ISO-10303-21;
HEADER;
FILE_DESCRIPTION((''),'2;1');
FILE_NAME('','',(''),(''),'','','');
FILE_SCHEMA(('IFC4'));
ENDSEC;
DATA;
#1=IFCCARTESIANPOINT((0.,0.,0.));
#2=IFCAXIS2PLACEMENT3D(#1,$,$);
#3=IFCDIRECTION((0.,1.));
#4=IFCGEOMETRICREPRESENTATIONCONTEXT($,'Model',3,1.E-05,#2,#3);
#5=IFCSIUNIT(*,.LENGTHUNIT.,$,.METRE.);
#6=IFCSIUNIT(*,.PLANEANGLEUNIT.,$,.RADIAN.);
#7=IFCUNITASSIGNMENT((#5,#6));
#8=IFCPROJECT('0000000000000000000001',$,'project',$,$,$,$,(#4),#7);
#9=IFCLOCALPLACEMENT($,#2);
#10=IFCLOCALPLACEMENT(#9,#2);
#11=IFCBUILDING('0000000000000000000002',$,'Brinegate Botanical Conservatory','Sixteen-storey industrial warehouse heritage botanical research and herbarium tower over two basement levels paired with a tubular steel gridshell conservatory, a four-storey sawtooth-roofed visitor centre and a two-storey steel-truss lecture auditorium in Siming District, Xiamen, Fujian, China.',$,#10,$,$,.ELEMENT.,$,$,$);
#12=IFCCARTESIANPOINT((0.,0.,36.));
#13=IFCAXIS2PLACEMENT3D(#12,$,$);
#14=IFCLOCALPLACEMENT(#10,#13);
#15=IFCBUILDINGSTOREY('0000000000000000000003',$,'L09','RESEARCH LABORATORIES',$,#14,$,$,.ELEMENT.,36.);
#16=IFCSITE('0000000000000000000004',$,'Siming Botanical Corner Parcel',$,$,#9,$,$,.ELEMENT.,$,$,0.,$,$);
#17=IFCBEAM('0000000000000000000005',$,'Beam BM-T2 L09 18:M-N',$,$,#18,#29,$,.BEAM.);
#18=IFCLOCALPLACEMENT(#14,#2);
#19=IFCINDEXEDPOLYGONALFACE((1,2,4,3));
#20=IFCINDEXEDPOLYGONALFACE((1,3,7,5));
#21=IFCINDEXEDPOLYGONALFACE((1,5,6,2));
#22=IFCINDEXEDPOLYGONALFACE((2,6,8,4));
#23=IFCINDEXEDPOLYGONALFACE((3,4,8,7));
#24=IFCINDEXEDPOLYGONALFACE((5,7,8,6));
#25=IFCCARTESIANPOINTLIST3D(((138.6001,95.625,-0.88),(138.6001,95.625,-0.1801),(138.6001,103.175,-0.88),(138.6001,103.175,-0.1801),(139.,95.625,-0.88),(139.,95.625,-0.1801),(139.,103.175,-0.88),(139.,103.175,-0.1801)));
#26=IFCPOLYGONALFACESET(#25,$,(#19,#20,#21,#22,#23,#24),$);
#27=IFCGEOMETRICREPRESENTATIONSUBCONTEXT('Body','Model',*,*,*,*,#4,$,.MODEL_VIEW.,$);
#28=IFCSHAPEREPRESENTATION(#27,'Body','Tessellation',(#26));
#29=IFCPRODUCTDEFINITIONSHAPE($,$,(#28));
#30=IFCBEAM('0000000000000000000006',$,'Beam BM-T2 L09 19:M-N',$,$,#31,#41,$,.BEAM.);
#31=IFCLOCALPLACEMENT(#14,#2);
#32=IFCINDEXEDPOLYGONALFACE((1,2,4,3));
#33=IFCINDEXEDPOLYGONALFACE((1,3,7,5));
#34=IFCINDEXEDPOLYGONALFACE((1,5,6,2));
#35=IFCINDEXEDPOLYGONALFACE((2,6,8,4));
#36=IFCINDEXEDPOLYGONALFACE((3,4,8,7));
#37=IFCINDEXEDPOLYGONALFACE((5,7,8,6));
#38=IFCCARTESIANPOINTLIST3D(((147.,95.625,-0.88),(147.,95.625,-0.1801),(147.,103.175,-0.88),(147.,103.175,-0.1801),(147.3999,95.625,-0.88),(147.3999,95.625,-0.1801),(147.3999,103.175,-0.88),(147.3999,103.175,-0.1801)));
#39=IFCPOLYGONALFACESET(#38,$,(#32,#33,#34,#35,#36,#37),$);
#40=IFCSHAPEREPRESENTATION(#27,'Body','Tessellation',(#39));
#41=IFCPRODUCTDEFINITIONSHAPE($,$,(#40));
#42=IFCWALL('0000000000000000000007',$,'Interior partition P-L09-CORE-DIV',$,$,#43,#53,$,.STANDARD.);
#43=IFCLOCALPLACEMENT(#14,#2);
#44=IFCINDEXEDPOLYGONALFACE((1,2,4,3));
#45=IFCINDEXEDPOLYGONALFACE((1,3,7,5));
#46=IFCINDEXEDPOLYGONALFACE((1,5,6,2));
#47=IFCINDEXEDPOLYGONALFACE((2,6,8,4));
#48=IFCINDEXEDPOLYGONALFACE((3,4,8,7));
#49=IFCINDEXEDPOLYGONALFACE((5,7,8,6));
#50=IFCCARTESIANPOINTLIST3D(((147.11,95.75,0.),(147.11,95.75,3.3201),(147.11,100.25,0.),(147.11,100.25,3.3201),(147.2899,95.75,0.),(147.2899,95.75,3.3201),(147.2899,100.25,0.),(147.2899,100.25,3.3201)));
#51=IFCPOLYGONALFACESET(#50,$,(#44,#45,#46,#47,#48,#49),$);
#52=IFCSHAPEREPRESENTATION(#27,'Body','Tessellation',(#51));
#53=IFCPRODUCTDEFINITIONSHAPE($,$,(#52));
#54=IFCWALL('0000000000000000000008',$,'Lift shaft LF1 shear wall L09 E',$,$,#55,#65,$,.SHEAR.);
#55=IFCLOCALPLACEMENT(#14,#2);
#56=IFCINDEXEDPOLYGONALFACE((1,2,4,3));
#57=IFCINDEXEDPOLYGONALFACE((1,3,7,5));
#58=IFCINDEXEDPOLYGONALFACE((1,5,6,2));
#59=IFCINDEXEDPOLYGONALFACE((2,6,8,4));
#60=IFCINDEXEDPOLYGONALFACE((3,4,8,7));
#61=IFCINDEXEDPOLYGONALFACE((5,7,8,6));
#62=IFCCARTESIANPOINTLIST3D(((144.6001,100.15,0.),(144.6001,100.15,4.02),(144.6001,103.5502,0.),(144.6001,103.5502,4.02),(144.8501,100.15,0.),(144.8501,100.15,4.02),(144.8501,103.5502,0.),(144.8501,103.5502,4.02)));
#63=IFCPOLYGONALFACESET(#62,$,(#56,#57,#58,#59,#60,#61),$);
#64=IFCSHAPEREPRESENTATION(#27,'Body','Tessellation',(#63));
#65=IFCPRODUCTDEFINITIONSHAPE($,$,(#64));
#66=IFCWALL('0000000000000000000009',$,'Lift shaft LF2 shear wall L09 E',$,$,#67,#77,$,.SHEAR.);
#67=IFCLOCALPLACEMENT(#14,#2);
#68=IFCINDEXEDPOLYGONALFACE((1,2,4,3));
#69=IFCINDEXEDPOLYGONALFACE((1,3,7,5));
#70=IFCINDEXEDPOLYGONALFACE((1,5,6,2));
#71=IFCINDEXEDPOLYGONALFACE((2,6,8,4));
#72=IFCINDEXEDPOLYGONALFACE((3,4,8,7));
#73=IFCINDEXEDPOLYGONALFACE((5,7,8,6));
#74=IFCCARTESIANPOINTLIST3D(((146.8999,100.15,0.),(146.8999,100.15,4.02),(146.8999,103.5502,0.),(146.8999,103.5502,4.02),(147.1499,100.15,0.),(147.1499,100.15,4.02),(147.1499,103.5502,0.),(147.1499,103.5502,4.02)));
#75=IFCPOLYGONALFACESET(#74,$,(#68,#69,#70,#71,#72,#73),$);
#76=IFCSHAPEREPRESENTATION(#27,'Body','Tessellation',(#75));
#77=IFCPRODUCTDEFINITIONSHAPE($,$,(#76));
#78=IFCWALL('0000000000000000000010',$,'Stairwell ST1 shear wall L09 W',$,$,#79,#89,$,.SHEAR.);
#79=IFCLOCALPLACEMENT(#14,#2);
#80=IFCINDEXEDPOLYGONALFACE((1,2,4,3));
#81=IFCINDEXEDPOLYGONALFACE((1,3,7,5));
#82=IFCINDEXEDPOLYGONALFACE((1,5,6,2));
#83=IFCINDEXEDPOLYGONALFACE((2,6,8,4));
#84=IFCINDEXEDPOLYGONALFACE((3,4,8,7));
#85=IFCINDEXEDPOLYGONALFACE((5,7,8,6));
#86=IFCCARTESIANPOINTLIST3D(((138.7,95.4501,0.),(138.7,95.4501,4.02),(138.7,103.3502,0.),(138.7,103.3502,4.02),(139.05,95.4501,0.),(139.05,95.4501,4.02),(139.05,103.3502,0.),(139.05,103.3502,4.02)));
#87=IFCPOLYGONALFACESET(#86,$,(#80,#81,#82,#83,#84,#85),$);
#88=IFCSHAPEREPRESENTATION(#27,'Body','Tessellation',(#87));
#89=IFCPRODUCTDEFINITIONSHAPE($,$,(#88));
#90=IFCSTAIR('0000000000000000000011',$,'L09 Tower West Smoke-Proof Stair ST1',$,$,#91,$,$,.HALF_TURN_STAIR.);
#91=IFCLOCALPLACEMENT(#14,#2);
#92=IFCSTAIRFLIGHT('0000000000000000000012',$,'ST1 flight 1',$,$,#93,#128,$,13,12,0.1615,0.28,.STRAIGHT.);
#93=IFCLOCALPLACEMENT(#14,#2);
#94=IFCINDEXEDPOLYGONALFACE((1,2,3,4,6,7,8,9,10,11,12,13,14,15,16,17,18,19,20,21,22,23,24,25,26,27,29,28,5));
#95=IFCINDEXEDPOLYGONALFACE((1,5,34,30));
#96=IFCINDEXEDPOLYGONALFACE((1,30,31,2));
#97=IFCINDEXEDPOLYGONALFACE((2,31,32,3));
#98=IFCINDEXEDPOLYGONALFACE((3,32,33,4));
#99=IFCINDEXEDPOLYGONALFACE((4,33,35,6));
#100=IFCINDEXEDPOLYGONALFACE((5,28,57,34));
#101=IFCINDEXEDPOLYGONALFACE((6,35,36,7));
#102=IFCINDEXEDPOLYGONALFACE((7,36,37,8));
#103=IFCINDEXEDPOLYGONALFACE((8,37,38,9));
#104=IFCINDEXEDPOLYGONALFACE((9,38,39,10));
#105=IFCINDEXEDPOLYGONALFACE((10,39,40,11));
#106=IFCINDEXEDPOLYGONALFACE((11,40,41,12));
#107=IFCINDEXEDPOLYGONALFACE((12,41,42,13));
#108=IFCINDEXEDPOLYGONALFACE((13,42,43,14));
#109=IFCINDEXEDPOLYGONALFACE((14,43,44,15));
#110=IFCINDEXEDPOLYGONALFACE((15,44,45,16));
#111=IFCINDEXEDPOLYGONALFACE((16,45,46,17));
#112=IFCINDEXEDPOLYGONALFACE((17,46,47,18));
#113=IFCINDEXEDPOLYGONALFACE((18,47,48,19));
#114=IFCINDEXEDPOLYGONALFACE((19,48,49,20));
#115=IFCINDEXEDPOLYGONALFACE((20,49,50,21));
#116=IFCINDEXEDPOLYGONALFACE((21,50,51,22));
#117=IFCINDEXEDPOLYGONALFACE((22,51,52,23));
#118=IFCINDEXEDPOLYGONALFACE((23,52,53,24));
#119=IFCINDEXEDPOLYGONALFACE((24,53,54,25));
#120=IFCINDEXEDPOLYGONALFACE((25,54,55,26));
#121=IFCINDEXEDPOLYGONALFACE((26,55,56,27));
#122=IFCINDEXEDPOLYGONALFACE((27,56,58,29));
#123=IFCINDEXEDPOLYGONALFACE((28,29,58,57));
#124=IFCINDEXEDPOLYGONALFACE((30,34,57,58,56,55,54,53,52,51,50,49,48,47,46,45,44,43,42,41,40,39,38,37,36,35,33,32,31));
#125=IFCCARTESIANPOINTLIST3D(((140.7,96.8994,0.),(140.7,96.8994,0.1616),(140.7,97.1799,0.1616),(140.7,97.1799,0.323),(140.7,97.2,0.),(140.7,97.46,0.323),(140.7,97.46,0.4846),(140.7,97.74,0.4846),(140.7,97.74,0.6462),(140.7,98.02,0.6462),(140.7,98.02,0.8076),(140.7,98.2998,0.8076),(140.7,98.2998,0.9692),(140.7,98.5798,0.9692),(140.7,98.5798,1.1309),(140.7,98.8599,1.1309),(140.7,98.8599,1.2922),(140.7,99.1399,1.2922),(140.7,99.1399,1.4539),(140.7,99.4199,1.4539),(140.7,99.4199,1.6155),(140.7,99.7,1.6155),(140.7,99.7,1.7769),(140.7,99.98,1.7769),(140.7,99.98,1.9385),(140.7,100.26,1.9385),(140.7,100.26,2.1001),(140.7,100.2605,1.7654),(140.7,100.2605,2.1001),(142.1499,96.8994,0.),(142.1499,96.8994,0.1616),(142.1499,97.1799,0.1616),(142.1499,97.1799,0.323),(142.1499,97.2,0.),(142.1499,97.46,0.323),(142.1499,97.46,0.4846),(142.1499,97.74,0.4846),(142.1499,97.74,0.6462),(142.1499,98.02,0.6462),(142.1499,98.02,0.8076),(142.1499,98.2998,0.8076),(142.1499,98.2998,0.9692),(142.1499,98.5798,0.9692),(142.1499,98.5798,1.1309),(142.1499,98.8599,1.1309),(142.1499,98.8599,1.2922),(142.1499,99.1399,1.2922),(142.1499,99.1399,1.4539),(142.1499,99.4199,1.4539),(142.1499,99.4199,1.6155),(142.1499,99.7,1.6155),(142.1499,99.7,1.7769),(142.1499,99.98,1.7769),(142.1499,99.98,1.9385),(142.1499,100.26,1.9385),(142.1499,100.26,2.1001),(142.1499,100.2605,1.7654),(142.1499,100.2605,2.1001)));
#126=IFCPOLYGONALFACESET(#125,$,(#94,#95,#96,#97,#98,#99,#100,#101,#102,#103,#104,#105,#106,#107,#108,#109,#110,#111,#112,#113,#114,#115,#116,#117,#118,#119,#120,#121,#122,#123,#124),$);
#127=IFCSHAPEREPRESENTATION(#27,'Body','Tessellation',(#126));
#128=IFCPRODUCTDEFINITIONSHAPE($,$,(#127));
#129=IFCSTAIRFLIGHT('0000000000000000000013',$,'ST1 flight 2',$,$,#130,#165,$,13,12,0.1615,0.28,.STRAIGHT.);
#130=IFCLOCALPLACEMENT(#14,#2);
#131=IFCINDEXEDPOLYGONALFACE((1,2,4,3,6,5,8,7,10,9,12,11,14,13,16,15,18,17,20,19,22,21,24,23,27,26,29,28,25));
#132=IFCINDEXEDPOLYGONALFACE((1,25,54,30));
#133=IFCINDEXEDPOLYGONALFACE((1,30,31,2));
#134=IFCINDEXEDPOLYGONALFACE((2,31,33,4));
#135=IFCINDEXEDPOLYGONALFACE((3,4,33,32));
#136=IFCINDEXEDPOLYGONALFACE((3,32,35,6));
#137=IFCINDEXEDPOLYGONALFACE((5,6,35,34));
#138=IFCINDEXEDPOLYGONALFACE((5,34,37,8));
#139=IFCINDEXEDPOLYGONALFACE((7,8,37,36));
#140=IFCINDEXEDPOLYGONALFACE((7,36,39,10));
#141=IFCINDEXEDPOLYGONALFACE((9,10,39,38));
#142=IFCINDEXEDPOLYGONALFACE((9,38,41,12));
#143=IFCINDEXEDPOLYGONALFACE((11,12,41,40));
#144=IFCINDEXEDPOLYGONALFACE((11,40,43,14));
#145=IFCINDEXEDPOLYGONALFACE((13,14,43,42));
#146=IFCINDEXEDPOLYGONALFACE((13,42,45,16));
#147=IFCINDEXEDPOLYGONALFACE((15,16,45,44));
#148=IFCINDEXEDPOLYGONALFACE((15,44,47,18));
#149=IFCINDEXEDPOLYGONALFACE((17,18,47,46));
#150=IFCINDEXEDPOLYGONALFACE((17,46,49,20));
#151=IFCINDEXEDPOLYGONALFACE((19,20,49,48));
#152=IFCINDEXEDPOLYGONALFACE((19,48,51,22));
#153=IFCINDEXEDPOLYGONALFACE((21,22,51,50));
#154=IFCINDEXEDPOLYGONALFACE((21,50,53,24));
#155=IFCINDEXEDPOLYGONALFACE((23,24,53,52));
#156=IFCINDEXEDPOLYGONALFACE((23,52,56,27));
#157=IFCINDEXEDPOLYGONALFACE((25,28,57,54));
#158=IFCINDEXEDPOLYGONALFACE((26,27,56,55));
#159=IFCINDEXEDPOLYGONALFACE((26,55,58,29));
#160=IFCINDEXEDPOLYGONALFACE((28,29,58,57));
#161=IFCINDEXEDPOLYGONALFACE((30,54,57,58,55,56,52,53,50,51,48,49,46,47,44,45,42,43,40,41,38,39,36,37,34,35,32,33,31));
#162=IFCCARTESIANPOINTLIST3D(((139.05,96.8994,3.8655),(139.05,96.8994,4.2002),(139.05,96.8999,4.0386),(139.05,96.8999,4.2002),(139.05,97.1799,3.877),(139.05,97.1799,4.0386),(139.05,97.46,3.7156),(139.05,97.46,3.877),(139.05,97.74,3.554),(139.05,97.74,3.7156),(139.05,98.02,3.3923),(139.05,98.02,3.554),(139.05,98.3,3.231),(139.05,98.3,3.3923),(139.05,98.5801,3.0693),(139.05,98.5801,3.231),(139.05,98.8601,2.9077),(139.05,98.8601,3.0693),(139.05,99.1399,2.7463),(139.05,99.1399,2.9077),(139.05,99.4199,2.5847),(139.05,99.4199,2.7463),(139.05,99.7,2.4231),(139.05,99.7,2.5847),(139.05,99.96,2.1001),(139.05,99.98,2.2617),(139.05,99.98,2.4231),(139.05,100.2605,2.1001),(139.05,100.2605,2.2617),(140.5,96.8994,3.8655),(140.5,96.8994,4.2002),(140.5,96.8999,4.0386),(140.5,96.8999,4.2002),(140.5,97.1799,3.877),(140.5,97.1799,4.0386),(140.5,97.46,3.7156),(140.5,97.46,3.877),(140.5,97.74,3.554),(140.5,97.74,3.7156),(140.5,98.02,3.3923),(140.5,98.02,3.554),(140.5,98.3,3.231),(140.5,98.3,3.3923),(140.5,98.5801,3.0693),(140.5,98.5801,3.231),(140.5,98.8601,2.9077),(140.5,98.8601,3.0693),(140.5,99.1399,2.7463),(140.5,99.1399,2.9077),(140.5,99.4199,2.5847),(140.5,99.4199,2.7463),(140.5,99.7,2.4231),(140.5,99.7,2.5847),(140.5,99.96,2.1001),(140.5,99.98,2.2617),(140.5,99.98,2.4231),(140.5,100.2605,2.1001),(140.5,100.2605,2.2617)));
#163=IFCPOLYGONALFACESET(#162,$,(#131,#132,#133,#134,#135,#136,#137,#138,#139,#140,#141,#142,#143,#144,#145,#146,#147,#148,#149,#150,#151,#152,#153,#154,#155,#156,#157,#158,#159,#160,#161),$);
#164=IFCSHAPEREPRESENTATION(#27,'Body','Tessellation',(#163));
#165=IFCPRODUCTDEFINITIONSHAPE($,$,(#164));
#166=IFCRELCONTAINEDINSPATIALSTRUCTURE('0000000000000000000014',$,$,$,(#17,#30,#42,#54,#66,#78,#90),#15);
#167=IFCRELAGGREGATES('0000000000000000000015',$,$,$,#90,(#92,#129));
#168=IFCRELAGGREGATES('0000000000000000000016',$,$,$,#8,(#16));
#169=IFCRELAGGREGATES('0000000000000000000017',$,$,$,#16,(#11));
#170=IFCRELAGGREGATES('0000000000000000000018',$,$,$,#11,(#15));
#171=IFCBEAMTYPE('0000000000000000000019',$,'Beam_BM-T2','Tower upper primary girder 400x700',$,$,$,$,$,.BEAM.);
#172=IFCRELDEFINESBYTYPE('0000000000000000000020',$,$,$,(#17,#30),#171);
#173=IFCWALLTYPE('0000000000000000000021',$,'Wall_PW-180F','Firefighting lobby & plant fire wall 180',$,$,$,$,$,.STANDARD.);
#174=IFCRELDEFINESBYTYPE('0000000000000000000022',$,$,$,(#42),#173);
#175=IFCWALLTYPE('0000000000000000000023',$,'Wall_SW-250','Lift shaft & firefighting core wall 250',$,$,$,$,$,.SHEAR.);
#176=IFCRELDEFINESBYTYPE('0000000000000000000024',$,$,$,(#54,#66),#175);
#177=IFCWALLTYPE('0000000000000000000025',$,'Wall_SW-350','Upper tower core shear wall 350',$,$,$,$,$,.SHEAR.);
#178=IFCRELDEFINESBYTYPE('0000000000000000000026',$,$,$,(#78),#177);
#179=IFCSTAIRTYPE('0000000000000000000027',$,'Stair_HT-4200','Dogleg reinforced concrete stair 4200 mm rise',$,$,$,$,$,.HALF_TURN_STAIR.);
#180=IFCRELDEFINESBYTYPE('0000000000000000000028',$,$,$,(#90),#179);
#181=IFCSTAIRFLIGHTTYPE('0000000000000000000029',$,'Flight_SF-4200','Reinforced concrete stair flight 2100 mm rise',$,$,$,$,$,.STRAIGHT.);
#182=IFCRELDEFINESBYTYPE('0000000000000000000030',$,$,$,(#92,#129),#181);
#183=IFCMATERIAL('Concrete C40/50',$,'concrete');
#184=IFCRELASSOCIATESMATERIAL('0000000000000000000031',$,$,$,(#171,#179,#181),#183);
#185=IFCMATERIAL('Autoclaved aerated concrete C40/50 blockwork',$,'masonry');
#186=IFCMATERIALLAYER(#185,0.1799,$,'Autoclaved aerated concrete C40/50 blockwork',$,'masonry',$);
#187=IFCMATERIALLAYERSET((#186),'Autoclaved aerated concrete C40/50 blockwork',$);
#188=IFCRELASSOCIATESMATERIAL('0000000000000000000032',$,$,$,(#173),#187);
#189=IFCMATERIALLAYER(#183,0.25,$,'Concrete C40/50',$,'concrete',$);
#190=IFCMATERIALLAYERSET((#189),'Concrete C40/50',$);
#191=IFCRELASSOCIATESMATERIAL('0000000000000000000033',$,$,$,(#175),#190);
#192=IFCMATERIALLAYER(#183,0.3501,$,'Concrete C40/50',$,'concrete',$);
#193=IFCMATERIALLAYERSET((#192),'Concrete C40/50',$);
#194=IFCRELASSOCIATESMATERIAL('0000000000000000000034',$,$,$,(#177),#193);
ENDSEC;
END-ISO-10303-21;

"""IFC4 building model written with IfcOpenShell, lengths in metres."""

from ifc_helpers import new_model, si_unit, direction, frame, frame_2d, origin, origin_2d, place, context, subcontext, project, spatial, polyline, rectangle, outline, extrude, material, layer, layer_set, material_profile, profile_set, type_object, element, aggregate, save


model = new_model("IFC4")

# Units and contexts
model_context = context("Model", 3, precision=1e-05, world=origin(), true_north=direction((0.0, 1.0)))
body_context = subcontext(model_context, "Body", "Model", "MODEL_VIEW")
ifc_project = project(units=[si_unit("LENGTHUNIT", "METRE"), si_unit("PLANEANGLEUNIT", "RADIAN")], contexts=[model_context])

# Site, building, storey
site_placement = place(None, origin())
site = spatial("IfcSite", under=ifc_project, at=site_placement, Name="Siming Botanical Corner Parcel", CompositionType="ELEMENT", RefElevation=0.0)
building_placement = place(site_placement, origin())
building = spatial("IfcBuilding", under=site, at=building_placement, Name="Brinegate Botanical Conservatory", Description="Sixteen-storey industrial warehouse heritage botanical research and herbarium tower over two basement levels paired with a tubular steel gridshell conservatory, a four-storey sawtooth-roofed visitor centre and a two-storey steel-truss lecture auditorium in Siming District, Xiamen, Fujian, China.", CompositionType="ELEMENT")
storey_placement = place(building_placement, frame((0.0, 0.0, 36.0)))
storey = spatial("IfcBuildingStorey", under=building, at=storey_placement, Name="L09", Description="RESEARCH LABORATORIES", CompositionType="ELEMENT", Elevation=36.0)

# Beams
ifc_material_1 = material(Name="Concrete C40/50", Category="concrete")
ifc_material_profile = material_profile(ifc_material_1, rectangle(XDim=0.3999, YDim=0.7, at=origin_2d()), Name="RC BM 400x700")
ifc_profile_set = profile_set([ifc_material_profile], Name="Concrete C40/50")
beam_type = type_object("IfcBeamType", Name="Beam_BM-T2", Description="Tower upper primary girder 400x700", PredefinedType="BEAM", material=ifc_profile_set)
for number, where, z_axis, x_axis, name in (
    (1, (138.8, 95.625, -0.53), (0.0, 1.0, 0.0), (-1.0, 0.0, 0.0), "Beam BM-T2 L09 18:M-N"),
    (2, (147.2, 95.625, -0.53), (0.0, 1.0, 0.0), (-1.0, 0.0, 0.0), "Beam BM-T2 L09 19:M-N"),
):
    element("IfcBeam", number, at=place(storey_placement, frame(where, z_axis=z_axis, x_axis=x_axis)), inside=storey, type_object=beam_type, Name=name, PredefinedType="BEAM", context=body_context, shape_type="SweptSolid", body=[
        extrude(rectangle(XDim=0.3999, YDim=0.7, at=origin_2d()), origin(), (0.0, 0.0, 1.0), 7.55),
    ])

# Wall
ifc_material_2 = material(Name="Autoclaved aerated concrete C40/50 blockwork", Category="masonry")
ifc_layer_1 = layer(ifc_material_2, 0.1799, Name="Autoclaved aerated concrete C40/50 blockwork", Category="masonry")
ifc_layer_set_1 = layer_set([ifc_layer_1], Name="Autoclaved aerated concrete C40/50 blockwork")
wall_type_1 = type_object("IfcWallType", Name="Wall_PW-180F", Description="Firefighting lobby & plant fire wall 180", PredefinedType="STANDARD", material=ifc_layer_set_1)
wall_1_placement = place(storey_placement, frame((147.2, 95.75, 0.0), z_axis=(0.0, 0.0, 1.0), x_axis=(0.0, 1.0, 0.0)))
element("IfcWall", 3, at=wall_1_placement, inside=storey, type_object=wall_type_1, Name="Interior partition P-L09-CORE-DIV", PredefinedType="STANDARD", context=body_context, shape_type="SweptSolid", body=[
    extrude(rectangle(XDim=4.5, YDim=0.1799, at=frame_2d((2.25, 0.0))), origin(), (0.0, 0.0, 1.0), 3.3201),
])

# Shared definitions
ifc_layer_2 = layer(ifc_material_1, 0.25, Name="Concrete C40/50", Category="concrete")
ifc_layer_set_2 = layer_set([ifc_layer_2], Name="Concrete C40/50")
wall_type_2 = type_object("IfcWallType", Name="Wall_SW-250", Description="Lift shaft & firefighting core wall 250", PredefinedType="SHEAR", material=ifc_layer_set_2)

# Wall
wall_2_placement = place(storey_placement, frame((144.7251, 100.1499, 0.0), z_axis=(0.0, 0.0, 1.0), x_axis=(0.0, 1.0, 0.0)))
element("IfcWall", 4, at=wall_2_placement, inside=storey, type_object=wall_type_2, Name="Lift shaft LF1 shear wall L09 E", PredefinedType="SHEAR", context=body_context, shape_type="SweptSolid", body=[
    extrude(rectangle(XDim=3.4001, YDim=0.25, at=frame_2d((1.7002, 0.0))), origin(), (0.0, 0.0, 1.0), 4.02),
])

# Walls
wall_3_placement = place(storey_placement, frame((147.0249, 100.1499, 0.0), z_axis=(0.0, 0.0, 1.0), x_axis=(0.0, 1.0, 0.0)))
element("IfcWall", 5, at=wall_3_placement, inside=storey, type_object=wall_type_2, Name="Lift shaft LF2 shear wall L09 E", PredefinedType="SHEAR", context=body_context, shape_type="SweptSolid", body=[
    extrude(rectangle(XDim=3.4001, YDim=0.25, at=frame_2d((1.7002, 0.0))), origin(), (0.0, 0.0, 1.0), 4.02),
])
ifc_layer_3 = layer(ifc_material_1, 0.3501, Name="Concrete C40/50", Category="concrete")
ifc_layer_set_3 = layer_set([ifc_layer_3], Name="Concrete C40/50")
wall_type_3 = type_object("IfcWallType", Name="Wall_SW-350", Description="Upper tower core shear wall 350", PredefinedType="SHEAR", material=ifc_layer_set_3)
wall_4_placement = place(storey_placement, frame((138.875, 95.45, 0.0), z_axis=(0.0, 0.0, 1.0), x_axis=(0.0, 1.0, 0.0)))
element("IfcWall", 6, at=wall_4_placement, inside=storey, type_object=wall_type_3, Name="Stairwell ST1 shear wall L09 W", PredefinedType="SHEAR", context=body_context, shape_type="SweptSolid", body=[
    extrude(rectangle(XDim=7.9001, YDim=0.3501, at=frame_2d((3.9502, 0.0))), origin(), (0.0, 0.0, 1.0), 4.02),
])

# Stair, stair flights
stair_type = type_object("IfcStairType", Name="Stair_HT-4200", Description="Dogleg reinforced concrete stair 4200 mm rise", PredefinedType="HALF_TURN_STAIR", material=ifc_material_1)
stair_placement = place(storey_placement, origin())
stair = element("IfcStair", 7, at=stair_placement, inside=storey, type_object=stair_type, Name="L09 Tower West Smoke-Proof Stair ST1", PredefinedType="HALF_TURN_STAIR")
stair_flight_type = type_object("IfcStairFlightType", Name="Flight_SF-4200", Description="Reinforced concrete stair flight 2100 mm rise", PredefinedType="STRAIGHT", material=ifc_material_1)
stair_flight_1_placement = place(storey_placement, frame((141.425, 96.8999, 0.0), z_axis=(0.0, 0.0, 1.0), x_axis=(0.0, 1.0, 0.0)))
stair_flight_1 = element("IfcStairFlight", 8, at=stair_flight_1_placement, type_object=stair_flight_type, Name="ST1 flight 1", NumberOfRisers=13, NumberOfTreads=12, PredefinedType="STRAIGHT", RiserHeight=0.1615, TreadLength=0.28, context=body_context, shape_type="SweptSolid", body=[
    extrude(outline(polyline([(-0.0005, 0.0), (-0.0005, 0.1616), (0.28, 0.1616), (0.28, 0.323), (0.5601, 0.323), (0.5601, 0.4846), (0.8401, 0.4846), (0.8401, 0.6462), (1.1201, 0.6462), (1.1201, 0.8076), (1.3999, 0.8076), (1.3999, 0.9692), (1.6799, 0.9692), (1.6799, 1.1309), (1.96, 1.1309), (1.96, 1.2922), (2.24, 1.2922), (2.24, 1.4539), (2.52, 1.4539), (2.52, 1.6155), (2.8, 1.6155), (2.8, 1.7769), (3.0801, 1.7769), (3.0801, 1.9385), (3.3601, 1.9385), (3.3601, 2.1001), (3.3606, 2.1001), (3.3606, 1.7654), (0.3, 0.0), (-0.0005, 0.0)])), frame((0.0, 0.7251, 0.0), z_axis=(0.0, -1.0, 0.0), x_axis=(1.0, 0.0, 0.0)), (0.0, 0.0, 1.0), 1.45),
])
stair_flight_2_placement = place(storey_placement, frame((139.7749, 100.26, 2.1001), z_axis=(0.0, 0.0, 1.0), x_axis=(0.0, -1.0, 0.0)))
stair_flight_2 = element("IfcStairFlight", 9, at=stair_flight_2_placement, type_object=stair_flight_type, Name="ST1 flight 2", NumberOfRisers=13, NumberOfTreads=12, PredefinedType="STRAIGHT", RiserHeight=0.1615, TreadLength=0.28, context=body_context, shape_type="SweptSolid", body=[
    extrude(outline(polyline([(-0.0005, 0.0), (-0.0005, 0.1616), (0.28, 0.1616), (0.28, 0.323), (0.5601, 0.323), (0.5601, 0.4846), (0.8401, 0.4846), (0.8401, 0.6462), (1.1201, 0.6462), (1.1201, 0.8076), (1.3999, 0.8076), (1.3999, 0.9692), (1.6799, 0.9692), (1.6799, 1.1309), (1.96, 1.1309), (1.96, 1.2922), (2.24, 1.2922), (2.24, 1.4539), (2.52, 1.4539), (2.52, 1.6155), (2.8, 1.6155), (2.8, 1.7769), (3.0801, 1.7769), (3.0801, 1.9385), (3.3601, 1.9385), (3.3601, 2.1001), (3.3606, 2.1001), (3.3606, 1.7654), (0.3, 0.0), (-0.0005, 0.0)])), frame((0.0, 0.7251, 0.0), z_axis=(0.0, -1.0, 0.0), x_axis=(1.0, 0.0, 0.0)), (0.0, 0.0, 1.0), 1.45),
])
aggregate(stair, [stair_flight_1, stair_flight_2])

save(model, "model.ifc")
